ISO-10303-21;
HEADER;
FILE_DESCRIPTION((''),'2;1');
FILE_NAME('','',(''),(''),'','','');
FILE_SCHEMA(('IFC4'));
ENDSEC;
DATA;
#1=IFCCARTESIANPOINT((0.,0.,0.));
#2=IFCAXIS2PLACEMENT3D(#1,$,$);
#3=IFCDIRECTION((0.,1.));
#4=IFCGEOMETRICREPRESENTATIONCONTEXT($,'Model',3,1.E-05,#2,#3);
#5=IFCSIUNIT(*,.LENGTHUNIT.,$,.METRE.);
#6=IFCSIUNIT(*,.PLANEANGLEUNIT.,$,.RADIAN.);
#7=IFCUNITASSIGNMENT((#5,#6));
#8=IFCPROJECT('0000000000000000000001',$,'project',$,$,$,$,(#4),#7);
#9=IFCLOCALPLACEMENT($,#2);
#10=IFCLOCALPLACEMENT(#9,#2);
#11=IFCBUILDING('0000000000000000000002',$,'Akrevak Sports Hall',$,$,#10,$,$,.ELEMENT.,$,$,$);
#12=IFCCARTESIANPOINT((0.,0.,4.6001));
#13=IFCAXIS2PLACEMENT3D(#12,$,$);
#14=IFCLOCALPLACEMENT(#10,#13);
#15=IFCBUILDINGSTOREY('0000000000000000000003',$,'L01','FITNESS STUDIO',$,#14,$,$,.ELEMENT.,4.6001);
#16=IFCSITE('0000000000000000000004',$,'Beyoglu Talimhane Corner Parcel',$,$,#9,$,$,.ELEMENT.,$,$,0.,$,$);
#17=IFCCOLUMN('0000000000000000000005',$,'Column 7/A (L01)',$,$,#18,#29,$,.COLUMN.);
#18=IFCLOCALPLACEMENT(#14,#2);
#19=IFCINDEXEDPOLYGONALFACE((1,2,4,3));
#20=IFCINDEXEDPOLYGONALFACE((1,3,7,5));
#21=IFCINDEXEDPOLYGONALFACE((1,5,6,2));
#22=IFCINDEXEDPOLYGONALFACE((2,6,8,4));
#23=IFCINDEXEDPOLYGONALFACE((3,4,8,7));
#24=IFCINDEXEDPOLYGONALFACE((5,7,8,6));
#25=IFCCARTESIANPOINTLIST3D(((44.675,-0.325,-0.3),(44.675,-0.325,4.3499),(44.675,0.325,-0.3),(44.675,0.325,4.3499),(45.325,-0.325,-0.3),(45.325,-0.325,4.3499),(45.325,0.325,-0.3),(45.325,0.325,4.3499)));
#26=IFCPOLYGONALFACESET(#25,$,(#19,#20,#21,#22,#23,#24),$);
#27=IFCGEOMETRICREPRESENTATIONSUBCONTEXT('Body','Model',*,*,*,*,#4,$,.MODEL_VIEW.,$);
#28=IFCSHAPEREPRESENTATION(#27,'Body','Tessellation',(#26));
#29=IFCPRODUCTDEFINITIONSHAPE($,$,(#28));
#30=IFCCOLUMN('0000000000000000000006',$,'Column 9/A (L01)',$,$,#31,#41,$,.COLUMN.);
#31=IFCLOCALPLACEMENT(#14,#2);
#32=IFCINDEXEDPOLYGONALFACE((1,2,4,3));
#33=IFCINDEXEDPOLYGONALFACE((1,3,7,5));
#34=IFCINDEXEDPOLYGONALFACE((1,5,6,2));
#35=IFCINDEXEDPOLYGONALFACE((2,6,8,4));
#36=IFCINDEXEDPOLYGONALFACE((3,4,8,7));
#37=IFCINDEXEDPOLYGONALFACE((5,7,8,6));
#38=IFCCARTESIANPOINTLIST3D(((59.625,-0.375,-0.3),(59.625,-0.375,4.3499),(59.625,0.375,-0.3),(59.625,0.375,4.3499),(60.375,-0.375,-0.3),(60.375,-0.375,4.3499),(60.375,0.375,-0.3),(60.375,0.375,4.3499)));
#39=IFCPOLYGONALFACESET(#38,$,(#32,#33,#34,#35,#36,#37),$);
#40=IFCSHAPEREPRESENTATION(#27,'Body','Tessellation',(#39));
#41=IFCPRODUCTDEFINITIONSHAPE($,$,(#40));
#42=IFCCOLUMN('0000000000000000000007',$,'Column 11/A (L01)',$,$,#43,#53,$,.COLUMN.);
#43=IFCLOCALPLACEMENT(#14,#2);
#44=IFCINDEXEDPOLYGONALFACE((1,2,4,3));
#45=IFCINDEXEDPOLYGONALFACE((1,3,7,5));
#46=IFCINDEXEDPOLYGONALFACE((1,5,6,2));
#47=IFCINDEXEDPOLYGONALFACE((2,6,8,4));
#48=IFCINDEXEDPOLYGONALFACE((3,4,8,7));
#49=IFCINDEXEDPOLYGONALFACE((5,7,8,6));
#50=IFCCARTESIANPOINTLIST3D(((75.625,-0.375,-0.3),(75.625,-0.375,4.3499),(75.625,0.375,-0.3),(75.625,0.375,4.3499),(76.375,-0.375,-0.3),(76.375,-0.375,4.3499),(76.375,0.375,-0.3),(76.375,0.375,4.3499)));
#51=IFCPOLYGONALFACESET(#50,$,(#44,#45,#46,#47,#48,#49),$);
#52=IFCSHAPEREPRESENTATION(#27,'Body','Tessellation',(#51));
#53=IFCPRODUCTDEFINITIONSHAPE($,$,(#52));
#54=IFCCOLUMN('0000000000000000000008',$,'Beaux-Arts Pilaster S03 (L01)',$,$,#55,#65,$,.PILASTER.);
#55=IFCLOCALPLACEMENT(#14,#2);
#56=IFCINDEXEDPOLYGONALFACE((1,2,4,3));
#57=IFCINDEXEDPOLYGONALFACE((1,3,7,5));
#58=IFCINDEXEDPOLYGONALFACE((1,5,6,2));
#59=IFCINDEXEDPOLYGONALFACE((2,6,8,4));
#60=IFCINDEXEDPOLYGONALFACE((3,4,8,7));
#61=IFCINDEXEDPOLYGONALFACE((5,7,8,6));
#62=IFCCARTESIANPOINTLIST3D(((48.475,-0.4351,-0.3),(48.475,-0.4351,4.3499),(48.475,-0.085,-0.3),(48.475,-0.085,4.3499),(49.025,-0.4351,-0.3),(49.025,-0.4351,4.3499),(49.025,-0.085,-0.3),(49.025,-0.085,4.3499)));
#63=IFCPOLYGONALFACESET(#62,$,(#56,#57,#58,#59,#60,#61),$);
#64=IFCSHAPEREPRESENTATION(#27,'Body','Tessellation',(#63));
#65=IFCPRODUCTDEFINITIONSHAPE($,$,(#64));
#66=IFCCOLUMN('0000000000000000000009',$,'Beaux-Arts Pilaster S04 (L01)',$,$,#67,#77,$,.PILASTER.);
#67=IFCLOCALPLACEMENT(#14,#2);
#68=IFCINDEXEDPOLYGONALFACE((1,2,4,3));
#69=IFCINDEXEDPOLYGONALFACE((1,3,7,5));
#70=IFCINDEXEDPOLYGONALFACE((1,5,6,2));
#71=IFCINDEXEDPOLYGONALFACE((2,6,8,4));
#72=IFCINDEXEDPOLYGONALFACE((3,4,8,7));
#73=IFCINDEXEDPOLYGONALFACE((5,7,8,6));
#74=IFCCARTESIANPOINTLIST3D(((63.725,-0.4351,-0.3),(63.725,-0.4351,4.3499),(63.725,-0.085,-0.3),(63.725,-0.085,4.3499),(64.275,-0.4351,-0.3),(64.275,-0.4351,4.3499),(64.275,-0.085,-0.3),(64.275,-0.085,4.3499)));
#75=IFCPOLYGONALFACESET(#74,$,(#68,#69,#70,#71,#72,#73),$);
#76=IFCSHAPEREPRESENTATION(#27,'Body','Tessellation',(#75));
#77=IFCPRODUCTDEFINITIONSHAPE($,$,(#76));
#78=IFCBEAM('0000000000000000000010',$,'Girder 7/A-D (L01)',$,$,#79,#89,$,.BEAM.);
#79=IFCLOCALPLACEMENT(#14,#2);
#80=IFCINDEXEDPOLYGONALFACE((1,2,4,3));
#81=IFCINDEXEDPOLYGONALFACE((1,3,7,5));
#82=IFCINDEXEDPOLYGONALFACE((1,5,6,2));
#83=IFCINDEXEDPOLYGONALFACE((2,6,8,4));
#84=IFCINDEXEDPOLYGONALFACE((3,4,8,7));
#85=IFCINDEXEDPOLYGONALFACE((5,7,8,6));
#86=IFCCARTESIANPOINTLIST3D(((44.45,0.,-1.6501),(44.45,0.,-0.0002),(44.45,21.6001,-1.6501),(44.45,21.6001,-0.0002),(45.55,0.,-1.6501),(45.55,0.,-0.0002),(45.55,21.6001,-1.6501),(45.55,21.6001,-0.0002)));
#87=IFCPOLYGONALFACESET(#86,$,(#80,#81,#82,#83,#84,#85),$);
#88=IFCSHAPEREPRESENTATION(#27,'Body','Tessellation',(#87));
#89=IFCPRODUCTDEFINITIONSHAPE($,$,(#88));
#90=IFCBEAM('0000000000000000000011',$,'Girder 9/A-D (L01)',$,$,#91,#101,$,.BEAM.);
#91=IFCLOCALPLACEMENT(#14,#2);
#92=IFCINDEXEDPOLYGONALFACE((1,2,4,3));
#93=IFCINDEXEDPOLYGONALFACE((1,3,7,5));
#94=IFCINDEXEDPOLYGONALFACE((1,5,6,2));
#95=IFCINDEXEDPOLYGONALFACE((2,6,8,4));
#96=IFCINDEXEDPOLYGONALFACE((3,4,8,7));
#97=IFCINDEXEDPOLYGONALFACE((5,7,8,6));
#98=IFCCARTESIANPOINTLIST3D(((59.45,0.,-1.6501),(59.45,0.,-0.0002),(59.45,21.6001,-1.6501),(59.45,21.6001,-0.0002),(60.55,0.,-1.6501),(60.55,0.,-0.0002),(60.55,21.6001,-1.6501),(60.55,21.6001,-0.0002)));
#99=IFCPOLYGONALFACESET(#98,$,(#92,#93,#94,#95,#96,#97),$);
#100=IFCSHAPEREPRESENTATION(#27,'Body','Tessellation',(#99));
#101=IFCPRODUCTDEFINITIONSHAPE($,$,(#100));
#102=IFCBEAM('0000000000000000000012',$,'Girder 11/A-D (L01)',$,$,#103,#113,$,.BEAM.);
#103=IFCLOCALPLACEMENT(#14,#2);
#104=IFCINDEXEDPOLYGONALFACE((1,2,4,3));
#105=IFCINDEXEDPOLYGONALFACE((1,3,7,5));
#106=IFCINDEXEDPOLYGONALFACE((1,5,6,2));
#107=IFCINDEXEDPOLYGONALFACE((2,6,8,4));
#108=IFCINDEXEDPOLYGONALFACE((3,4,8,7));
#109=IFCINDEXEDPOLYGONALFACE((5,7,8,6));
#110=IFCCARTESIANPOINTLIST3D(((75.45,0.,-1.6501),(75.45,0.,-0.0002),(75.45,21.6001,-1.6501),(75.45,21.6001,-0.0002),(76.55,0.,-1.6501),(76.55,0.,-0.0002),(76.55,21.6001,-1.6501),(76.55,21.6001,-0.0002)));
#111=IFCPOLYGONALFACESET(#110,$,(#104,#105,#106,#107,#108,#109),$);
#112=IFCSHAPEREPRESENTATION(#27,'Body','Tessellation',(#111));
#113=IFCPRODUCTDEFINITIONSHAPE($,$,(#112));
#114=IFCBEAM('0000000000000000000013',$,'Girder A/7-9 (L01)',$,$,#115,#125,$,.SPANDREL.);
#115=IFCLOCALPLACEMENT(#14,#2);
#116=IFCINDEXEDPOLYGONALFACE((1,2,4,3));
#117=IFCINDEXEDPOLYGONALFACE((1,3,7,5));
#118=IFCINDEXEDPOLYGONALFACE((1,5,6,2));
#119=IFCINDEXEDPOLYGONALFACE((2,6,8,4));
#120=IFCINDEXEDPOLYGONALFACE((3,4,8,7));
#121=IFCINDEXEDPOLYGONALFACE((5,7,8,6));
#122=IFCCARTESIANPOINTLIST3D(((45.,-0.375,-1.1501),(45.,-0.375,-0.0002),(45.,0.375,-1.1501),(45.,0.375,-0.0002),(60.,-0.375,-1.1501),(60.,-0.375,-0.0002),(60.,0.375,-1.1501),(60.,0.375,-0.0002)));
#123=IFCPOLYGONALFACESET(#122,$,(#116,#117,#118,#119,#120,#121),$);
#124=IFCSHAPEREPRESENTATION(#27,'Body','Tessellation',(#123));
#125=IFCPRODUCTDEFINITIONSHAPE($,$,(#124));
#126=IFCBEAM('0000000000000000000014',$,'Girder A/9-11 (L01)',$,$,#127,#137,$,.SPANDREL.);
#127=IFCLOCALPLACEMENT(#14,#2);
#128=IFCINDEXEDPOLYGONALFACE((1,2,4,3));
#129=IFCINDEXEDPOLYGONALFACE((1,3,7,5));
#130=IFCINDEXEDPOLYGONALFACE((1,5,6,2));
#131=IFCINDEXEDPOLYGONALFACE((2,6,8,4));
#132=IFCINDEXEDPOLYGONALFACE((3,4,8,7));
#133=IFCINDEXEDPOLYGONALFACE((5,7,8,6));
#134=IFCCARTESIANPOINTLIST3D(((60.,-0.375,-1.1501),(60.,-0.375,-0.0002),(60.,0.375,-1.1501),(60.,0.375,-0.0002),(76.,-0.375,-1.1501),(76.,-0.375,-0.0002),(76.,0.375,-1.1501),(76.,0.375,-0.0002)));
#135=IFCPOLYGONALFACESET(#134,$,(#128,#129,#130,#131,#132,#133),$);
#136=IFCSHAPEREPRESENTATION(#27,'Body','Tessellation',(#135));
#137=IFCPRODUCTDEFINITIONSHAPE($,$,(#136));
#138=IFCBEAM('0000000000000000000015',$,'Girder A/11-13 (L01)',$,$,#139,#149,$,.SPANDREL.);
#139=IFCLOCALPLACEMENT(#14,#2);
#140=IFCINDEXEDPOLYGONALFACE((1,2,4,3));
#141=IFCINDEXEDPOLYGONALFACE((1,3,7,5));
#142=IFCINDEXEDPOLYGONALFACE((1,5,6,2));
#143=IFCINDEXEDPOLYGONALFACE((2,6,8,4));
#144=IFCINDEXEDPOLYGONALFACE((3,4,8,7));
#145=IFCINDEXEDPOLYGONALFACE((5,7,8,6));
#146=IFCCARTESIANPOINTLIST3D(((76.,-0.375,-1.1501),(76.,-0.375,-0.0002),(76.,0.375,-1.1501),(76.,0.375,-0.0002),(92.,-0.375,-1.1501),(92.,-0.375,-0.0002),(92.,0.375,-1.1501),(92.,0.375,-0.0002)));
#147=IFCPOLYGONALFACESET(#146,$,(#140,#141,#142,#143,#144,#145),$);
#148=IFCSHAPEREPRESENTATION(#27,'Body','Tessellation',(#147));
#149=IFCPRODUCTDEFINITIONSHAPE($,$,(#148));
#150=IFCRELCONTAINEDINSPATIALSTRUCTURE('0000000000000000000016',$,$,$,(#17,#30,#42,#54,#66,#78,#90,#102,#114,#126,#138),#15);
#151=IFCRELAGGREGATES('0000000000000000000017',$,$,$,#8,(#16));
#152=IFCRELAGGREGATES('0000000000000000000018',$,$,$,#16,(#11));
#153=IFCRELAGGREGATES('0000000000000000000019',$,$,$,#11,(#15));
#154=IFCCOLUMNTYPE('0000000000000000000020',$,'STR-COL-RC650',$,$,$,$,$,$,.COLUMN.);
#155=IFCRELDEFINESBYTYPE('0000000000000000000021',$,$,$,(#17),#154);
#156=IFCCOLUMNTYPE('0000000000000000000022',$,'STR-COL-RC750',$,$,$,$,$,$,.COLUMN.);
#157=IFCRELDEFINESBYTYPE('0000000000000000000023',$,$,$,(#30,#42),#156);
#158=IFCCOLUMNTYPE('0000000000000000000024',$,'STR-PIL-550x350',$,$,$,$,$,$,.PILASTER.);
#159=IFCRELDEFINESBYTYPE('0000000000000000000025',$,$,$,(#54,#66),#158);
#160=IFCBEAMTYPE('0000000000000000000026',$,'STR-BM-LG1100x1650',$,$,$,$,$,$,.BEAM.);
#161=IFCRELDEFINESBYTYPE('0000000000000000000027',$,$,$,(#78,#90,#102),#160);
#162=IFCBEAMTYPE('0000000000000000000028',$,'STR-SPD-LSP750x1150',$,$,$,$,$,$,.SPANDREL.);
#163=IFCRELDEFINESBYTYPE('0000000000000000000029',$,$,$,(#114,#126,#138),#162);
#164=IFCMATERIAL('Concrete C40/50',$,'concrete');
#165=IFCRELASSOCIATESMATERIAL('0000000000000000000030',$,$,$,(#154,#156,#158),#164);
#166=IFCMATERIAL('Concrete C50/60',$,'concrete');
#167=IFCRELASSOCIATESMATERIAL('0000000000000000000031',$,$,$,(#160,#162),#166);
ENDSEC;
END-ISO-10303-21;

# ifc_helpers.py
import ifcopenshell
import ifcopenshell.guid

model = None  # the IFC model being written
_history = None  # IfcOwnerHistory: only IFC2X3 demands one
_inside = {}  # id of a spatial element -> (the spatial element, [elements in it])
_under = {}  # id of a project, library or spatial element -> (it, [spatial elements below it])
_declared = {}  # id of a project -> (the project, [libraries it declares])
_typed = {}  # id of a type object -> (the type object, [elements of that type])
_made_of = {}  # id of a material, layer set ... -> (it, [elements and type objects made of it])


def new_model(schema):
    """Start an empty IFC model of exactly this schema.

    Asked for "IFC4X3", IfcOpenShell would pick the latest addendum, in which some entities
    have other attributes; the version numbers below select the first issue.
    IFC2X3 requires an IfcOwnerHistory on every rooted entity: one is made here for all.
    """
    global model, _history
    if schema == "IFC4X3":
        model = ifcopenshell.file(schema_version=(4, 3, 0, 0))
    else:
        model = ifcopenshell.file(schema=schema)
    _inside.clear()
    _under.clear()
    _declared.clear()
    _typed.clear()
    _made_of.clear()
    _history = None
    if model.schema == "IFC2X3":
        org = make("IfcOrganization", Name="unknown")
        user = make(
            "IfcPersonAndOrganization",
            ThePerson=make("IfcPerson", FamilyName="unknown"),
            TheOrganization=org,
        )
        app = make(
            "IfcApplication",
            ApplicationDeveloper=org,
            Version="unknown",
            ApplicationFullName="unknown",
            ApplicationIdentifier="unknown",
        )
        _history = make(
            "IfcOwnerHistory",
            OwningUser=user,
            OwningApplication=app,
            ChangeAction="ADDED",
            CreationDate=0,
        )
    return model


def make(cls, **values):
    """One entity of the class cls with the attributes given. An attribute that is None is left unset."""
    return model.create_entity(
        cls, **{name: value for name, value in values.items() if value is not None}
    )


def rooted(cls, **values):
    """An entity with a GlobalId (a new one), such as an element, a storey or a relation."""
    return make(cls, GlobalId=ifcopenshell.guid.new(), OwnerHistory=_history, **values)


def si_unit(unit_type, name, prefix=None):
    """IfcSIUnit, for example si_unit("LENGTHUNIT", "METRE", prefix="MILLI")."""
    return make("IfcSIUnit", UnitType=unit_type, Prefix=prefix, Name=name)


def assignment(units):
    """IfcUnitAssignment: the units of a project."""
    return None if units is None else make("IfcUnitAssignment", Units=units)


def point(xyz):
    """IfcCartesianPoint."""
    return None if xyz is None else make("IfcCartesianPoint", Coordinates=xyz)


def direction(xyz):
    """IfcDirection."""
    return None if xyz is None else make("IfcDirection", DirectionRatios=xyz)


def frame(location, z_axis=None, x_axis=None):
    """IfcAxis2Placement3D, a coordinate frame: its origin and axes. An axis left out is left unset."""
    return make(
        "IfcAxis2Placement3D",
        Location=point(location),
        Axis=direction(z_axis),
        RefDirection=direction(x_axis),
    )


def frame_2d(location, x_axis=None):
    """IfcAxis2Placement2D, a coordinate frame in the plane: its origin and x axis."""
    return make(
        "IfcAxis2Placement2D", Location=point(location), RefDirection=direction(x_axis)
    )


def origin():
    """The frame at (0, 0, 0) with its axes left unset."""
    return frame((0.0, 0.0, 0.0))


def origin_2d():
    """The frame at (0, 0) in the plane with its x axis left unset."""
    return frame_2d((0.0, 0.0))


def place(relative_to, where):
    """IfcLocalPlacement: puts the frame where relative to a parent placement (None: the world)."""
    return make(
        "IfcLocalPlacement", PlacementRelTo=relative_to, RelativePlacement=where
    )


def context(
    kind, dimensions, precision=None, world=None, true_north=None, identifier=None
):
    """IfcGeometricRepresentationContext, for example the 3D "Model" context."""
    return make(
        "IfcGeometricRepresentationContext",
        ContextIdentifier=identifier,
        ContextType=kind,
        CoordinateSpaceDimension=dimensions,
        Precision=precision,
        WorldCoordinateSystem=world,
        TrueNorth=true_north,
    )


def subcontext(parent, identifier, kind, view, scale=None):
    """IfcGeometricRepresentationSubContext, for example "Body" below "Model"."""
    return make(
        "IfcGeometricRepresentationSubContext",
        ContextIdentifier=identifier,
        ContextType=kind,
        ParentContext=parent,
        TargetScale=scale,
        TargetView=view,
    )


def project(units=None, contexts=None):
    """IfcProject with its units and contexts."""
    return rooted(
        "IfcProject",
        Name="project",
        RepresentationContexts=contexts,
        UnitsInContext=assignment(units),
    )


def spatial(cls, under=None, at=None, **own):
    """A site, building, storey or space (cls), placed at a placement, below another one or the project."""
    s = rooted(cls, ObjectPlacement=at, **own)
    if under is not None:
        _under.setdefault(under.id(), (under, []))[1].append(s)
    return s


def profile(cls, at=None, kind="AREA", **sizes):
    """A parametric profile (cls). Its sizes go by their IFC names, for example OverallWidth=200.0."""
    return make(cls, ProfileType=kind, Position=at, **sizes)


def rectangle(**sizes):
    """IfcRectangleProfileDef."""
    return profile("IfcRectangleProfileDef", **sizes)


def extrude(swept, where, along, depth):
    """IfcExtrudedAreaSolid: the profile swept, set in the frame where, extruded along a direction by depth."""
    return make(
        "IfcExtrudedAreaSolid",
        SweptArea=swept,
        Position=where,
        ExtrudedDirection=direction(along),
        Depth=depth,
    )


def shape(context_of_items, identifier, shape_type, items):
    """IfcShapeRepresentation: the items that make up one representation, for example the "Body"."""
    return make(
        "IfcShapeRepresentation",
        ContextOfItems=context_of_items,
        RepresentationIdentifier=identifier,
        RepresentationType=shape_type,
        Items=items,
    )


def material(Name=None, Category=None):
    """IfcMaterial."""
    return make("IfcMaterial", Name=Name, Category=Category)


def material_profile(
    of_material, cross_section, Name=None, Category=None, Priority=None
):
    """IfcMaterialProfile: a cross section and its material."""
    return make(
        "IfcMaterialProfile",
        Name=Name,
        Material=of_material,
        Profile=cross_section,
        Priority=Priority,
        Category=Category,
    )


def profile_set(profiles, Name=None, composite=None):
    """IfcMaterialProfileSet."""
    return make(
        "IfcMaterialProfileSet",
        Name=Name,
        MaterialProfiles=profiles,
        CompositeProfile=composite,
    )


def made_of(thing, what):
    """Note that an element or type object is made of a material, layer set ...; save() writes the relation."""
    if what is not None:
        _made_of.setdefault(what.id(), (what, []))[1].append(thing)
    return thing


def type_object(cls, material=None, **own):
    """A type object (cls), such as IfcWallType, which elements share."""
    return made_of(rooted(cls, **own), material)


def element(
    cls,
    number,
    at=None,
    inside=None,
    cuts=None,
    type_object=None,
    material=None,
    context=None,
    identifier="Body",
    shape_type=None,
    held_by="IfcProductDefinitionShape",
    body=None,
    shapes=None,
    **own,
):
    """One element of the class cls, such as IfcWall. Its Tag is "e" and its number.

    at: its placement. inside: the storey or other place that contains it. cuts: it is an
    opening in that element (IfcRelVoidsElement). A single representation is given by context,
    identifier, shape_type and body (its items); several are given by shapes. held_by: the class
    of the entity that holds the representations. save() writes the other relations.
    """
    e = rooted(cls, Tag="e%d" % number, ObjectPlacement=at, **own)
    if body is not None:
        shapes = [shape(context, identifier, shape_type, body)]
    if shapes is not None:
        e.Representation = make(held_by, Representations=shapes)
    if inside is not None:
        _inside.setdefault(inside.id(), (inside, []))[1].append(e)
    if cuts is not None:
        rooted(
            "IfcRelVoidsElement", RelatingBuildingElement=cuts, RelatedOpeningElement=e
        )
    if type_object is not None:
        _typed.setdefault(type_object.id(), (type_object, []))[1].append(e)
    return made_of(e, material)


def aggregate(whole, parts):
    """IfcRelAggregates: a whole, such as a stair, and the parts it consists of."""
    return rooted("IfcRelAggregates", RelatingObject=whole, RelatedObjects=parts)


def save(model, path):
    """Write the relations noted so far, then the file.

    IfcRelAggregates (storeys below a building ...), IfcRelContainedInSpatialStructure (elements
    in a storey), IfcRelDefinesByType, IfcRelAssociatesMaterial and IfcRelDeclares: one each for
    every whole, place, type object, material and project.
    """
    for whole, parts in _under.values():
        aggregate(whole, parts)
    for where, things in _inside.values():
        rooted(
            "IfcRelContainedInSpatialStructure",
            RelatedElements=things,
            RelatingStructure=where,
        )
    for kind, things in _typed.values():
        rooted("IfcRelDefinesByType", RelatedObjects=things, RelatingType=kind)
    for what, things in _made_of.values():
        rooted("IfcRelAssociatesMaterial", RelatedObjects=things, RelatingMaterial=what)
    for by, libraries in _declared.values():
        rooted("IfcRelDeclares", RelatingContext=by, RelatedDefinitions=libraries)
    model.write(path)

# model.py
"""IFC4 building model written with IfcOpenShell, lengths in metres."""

from ifc_helpers import new_model, si_unit, direction, frame, origin, origin_2d, place, context, subcontext, project, spatial, rectangle, extrude, material, material_profile, profile_set, type_object, element, save


model = new_model("IFC4")

# Units and contexts
model_context = context("Model", 3, precision=1e-05, world=origin(), true_north=direction((0.0, 1.0)))
body_context = subcontext(model_context, "Body", "Model", "MODEL_VIEW")
ifc_project = project(units=[si_unit("LENGTHUNIT", "METRE"), si_unit("PLANEANGLEUNIT", "RADIAN")], contexts=[model_context])

# Site, building, storey
site_placement = place(None, origin())
site = spatial("IfcSite", under=ifc_project, at=site_placement, Name="Beyoglu Talimhane Corner Parcel", CompositionType="ELEMENT", RefElevation=0.0)
building_placement = place(site_placement, origin())
building = spatial("IfcBuilding", under=site, at=building_placement, Name="Akrevak Sports Hall", CompositionType="ELEMENT")
storey_placement = place(building_placement, frame((0.0, 0.0, 4.6001)))
storey = spatial("IfcBuildingStorey", under=building, at=storey_placement, Name="L01", Description="FITNESS STUDIO", CompositionType="ELEMENT", Elevation=4.6001)

# Columns
ifc_material_1 = material(Name="Concrete C40/50", Category="concrete")
ifc_material_profile_1 = material_profile(ifc_material_1, rectangle(XDim=0.6499, YDim=0.6499, at=origin_2d()), Name="RC 650x650", Category="concrete")
ifc_profile_set_1 = profile_set([ifc_material_profile_1], Name="Concrete C40/50")
column_type_1 = type_object("IfcColumnType", Name="STR-COL-RC650", PredefinedType="COLUMN", material=ifc_profile_set_1)
column_placement = place(storey_placement, frame((45.0, 0.0, -0.3), z_axis=(0.0, 0.0, 1.0), x_axis=(1.0, 0.0, 0.0)))
element("IfcColumn", 1, at=column_placement, inside=storey, type_object=column_type_1, Name="Column 7/A (L01)", PredefinedType="COLUMN", context=body_context, shape_type="SweptSolid", body=[
    extrude(rectangle(XDim=0.6499, YDim=0.6499, at=origin_2d()), origin(), (0.0, 0.0, 1.0), 4.6499),
])
ifc_material_profile_2 = material_profile(ifc_material_1, rectangle(XDim=0.75, YDim=0.75, at=origin_2d()), Name="RC 750x750", Category="concrete")
ifc_profile_set_2 = profile_set([ifc_material_profile_2], Name="Concrete C40/50")
column_type_2 = type_object("IfcColumnType", Name="STR-COL-RC750", PredefinedType="COLUMN", material=ifc_profile_set_2)
for number, where, z_axis, x_axis, name in (
    (2, (60.0, 0.0, -0.3), (0.0, 0.0, 1.0), (1.0, 0.0, 0.0), "Column 9/A (L01)"),
    (3, (76.0, 0.0, -0.3), (0.0, 0.0, 1.0), (1.0, 0.0, 0.0), "Column 11/A (L01)"),
):
    element("IfcColumn", number, at=place(storey_placement, frame(where, z_axis=z_axis, x_axis=x_axis)), inside=storey, type_object=column_type_2, Name=name, PredefinedType="COLUMN", context=body_context, shape_type="SweptSolid", body=[
        extrude(rectangle(XDim=0.75, YDim=0.75, at=origin_2d()), origin(), (0.0, 0.0, 1.0), 4.6499),
    ])
ifc_material_profile_3 = material_profile(ifc_material_1, rectangle(XDim=0.55, YDim=0.3501, at=origin_2d()), Name="PIL 550x350", Category="concrete")
ifc_profile_set_3 = profile_set([ifc_material_profile_3], Name="Concrete C40/50")
column_type_3 = type_object("IfcColumnType", Name="STR-PIL-550x350", PredefinedType="PILASTER", material=ifc_profile_set_3)
for number, where, z_axis, x_axis, name in (
    (4, (48.75, -0.26, -0.3), (0.0, 0.0, 1.0), (1.0, 0.0, 0.0), "Beaux-Arts Pilaster S03 (L01)"),
    (5, (64.0, -0.26, -0.3), (0.0, 0.0, 1.0), (1.0, 0.0, 0.0), "Beaux-Arts Pilaster S04 (L01)"),
):
    element("IfcColumn", number, at=place(storey_placement, frame(where, z_axis=z_axis, x_axis=x_axis)), inside=storey, type_object=column_type_3, Name=name, PredefinedType="PILASTER", context=body_context, shape_type="SweptSolid", body=[
        extrude(rectangle(XDim=0.55, YDim=0.3501, at=origin_2d()), origin(), (0.0, 0.0, 1.0), 4.6499),
    ])

# Beams
ifc_material_2 = material(Name="Concrete C50/60", Category="concrete")
ifc_material_profile_4 = material_profile(ifc_material_2, rectangle(XDim=1.1001, YDim=1.6499, at=origin_2d()), Name="BM 1100x1650", Category="concrete")
ifc_profile_set_4 = profile_set([ifc_material_profile_4], Name="Concrete C50/60")
beam_type_1 = type_object("IfcBeamType", Name="STR-BM-LG1100x1650", PredefinedType="BEAM", material=ifc_profile_set_4)
for number, where, z_axis, x_axis, name in (
    (6, (45.0, 0.0, -0.8252), (0.0, 1.0, 0.0), (-1.0, 0.0, 0.0), "Girder 7/A-D (L01)"),
    (7, (60.0, 0.0, -0.8252), (0.0, 1.0, 0.0), (-1.0, 0.0, 0.0), "Girder 9/A-D (L01)"),
    (8, (76.0, 0.0, -0.8252), (0.0, 1.0, 0.0), (-1.0, 0.0, 0.0), "Girder 11/A-D (L01)"),
):
    element("IfcBeam", number, at=place(storey_placement, frame(where, z_axis=z_axis, x_axis=x_axis)), inside=storey, type_object=beam_type_1, Name=name, PredefinedType="BEAM", context=body_context, shape_type="SweptSolid", body=[
        extrude(rectangle(XDim=1.1001, YDim=1.6499, at=origin_2d()), origin(), (0.0, 0.0, 1.0), 21.6001),
    ])
ifc_material_profile_5 = material_profile(ifc_material_2, rectangle(XDim=0.75, YDim=1.1499, at=origin_2d()), Name="SPD 750x1150", Category="concrete")
ifc_profile_set_5 = profile_set([ifc_material_profile_5], Name="Concrete C50/60")
beam_type_2 = type_object("IfcBeamType", Name="STR-SPD-LSP750x1150", PredefinedType="SPANDREL", material=ifc_profile_set_5)
beam_placement = place(storey_placement, frame((45.0, 0.0, -0.5752), z_axis=(1.0, 0.0, 0.0), x_axis=(0.0, 1.0, 0.0)))
element("IfcBeam", 9, at=beam_placement, inside=storey, type_object=beam_type_2, Name="Girder A/7-9 (L01)", PredefinedType="SPANDREL", context=body_context, shape_type="SweptSolid", body=[
    extrude(rectangle(XDim=0.75, YDim=1.1499, at=origin_2d()), origin(), (0.0, 0.0, 1.0), 15.0),
])
for number, where, z_axis, x_axis, name in (
    (10, (60.0, 0.0, -0.5752), (1.0, 0.0, 0.0), (0.0, 1.0, 0.0), "Girder A/9-11 (L01)"),
    (11, (76.0, 0.0, -0.5752), (1.0, 0.0, 0.0), (0.0, 1.0, 0.0), "Girder A/11-13 (L01)"),
):
    element("IfcBeam", number, at=place(storey_placement, frame(where, z_axis=z_axis, x_axis=x_axis)), inside=storey, type_object=beam_type_2, Name=name, PredefinedType="SPANDREL", context=body_context, shape_type="SweptSolid", body=[
        extrude(rectangle(XDim=0.75, YDim=1.1499, at=origin_2d()), origin(), (0.0, 0.0, 1.0), 16.0),
    ])

save(model, "model.ifc")
